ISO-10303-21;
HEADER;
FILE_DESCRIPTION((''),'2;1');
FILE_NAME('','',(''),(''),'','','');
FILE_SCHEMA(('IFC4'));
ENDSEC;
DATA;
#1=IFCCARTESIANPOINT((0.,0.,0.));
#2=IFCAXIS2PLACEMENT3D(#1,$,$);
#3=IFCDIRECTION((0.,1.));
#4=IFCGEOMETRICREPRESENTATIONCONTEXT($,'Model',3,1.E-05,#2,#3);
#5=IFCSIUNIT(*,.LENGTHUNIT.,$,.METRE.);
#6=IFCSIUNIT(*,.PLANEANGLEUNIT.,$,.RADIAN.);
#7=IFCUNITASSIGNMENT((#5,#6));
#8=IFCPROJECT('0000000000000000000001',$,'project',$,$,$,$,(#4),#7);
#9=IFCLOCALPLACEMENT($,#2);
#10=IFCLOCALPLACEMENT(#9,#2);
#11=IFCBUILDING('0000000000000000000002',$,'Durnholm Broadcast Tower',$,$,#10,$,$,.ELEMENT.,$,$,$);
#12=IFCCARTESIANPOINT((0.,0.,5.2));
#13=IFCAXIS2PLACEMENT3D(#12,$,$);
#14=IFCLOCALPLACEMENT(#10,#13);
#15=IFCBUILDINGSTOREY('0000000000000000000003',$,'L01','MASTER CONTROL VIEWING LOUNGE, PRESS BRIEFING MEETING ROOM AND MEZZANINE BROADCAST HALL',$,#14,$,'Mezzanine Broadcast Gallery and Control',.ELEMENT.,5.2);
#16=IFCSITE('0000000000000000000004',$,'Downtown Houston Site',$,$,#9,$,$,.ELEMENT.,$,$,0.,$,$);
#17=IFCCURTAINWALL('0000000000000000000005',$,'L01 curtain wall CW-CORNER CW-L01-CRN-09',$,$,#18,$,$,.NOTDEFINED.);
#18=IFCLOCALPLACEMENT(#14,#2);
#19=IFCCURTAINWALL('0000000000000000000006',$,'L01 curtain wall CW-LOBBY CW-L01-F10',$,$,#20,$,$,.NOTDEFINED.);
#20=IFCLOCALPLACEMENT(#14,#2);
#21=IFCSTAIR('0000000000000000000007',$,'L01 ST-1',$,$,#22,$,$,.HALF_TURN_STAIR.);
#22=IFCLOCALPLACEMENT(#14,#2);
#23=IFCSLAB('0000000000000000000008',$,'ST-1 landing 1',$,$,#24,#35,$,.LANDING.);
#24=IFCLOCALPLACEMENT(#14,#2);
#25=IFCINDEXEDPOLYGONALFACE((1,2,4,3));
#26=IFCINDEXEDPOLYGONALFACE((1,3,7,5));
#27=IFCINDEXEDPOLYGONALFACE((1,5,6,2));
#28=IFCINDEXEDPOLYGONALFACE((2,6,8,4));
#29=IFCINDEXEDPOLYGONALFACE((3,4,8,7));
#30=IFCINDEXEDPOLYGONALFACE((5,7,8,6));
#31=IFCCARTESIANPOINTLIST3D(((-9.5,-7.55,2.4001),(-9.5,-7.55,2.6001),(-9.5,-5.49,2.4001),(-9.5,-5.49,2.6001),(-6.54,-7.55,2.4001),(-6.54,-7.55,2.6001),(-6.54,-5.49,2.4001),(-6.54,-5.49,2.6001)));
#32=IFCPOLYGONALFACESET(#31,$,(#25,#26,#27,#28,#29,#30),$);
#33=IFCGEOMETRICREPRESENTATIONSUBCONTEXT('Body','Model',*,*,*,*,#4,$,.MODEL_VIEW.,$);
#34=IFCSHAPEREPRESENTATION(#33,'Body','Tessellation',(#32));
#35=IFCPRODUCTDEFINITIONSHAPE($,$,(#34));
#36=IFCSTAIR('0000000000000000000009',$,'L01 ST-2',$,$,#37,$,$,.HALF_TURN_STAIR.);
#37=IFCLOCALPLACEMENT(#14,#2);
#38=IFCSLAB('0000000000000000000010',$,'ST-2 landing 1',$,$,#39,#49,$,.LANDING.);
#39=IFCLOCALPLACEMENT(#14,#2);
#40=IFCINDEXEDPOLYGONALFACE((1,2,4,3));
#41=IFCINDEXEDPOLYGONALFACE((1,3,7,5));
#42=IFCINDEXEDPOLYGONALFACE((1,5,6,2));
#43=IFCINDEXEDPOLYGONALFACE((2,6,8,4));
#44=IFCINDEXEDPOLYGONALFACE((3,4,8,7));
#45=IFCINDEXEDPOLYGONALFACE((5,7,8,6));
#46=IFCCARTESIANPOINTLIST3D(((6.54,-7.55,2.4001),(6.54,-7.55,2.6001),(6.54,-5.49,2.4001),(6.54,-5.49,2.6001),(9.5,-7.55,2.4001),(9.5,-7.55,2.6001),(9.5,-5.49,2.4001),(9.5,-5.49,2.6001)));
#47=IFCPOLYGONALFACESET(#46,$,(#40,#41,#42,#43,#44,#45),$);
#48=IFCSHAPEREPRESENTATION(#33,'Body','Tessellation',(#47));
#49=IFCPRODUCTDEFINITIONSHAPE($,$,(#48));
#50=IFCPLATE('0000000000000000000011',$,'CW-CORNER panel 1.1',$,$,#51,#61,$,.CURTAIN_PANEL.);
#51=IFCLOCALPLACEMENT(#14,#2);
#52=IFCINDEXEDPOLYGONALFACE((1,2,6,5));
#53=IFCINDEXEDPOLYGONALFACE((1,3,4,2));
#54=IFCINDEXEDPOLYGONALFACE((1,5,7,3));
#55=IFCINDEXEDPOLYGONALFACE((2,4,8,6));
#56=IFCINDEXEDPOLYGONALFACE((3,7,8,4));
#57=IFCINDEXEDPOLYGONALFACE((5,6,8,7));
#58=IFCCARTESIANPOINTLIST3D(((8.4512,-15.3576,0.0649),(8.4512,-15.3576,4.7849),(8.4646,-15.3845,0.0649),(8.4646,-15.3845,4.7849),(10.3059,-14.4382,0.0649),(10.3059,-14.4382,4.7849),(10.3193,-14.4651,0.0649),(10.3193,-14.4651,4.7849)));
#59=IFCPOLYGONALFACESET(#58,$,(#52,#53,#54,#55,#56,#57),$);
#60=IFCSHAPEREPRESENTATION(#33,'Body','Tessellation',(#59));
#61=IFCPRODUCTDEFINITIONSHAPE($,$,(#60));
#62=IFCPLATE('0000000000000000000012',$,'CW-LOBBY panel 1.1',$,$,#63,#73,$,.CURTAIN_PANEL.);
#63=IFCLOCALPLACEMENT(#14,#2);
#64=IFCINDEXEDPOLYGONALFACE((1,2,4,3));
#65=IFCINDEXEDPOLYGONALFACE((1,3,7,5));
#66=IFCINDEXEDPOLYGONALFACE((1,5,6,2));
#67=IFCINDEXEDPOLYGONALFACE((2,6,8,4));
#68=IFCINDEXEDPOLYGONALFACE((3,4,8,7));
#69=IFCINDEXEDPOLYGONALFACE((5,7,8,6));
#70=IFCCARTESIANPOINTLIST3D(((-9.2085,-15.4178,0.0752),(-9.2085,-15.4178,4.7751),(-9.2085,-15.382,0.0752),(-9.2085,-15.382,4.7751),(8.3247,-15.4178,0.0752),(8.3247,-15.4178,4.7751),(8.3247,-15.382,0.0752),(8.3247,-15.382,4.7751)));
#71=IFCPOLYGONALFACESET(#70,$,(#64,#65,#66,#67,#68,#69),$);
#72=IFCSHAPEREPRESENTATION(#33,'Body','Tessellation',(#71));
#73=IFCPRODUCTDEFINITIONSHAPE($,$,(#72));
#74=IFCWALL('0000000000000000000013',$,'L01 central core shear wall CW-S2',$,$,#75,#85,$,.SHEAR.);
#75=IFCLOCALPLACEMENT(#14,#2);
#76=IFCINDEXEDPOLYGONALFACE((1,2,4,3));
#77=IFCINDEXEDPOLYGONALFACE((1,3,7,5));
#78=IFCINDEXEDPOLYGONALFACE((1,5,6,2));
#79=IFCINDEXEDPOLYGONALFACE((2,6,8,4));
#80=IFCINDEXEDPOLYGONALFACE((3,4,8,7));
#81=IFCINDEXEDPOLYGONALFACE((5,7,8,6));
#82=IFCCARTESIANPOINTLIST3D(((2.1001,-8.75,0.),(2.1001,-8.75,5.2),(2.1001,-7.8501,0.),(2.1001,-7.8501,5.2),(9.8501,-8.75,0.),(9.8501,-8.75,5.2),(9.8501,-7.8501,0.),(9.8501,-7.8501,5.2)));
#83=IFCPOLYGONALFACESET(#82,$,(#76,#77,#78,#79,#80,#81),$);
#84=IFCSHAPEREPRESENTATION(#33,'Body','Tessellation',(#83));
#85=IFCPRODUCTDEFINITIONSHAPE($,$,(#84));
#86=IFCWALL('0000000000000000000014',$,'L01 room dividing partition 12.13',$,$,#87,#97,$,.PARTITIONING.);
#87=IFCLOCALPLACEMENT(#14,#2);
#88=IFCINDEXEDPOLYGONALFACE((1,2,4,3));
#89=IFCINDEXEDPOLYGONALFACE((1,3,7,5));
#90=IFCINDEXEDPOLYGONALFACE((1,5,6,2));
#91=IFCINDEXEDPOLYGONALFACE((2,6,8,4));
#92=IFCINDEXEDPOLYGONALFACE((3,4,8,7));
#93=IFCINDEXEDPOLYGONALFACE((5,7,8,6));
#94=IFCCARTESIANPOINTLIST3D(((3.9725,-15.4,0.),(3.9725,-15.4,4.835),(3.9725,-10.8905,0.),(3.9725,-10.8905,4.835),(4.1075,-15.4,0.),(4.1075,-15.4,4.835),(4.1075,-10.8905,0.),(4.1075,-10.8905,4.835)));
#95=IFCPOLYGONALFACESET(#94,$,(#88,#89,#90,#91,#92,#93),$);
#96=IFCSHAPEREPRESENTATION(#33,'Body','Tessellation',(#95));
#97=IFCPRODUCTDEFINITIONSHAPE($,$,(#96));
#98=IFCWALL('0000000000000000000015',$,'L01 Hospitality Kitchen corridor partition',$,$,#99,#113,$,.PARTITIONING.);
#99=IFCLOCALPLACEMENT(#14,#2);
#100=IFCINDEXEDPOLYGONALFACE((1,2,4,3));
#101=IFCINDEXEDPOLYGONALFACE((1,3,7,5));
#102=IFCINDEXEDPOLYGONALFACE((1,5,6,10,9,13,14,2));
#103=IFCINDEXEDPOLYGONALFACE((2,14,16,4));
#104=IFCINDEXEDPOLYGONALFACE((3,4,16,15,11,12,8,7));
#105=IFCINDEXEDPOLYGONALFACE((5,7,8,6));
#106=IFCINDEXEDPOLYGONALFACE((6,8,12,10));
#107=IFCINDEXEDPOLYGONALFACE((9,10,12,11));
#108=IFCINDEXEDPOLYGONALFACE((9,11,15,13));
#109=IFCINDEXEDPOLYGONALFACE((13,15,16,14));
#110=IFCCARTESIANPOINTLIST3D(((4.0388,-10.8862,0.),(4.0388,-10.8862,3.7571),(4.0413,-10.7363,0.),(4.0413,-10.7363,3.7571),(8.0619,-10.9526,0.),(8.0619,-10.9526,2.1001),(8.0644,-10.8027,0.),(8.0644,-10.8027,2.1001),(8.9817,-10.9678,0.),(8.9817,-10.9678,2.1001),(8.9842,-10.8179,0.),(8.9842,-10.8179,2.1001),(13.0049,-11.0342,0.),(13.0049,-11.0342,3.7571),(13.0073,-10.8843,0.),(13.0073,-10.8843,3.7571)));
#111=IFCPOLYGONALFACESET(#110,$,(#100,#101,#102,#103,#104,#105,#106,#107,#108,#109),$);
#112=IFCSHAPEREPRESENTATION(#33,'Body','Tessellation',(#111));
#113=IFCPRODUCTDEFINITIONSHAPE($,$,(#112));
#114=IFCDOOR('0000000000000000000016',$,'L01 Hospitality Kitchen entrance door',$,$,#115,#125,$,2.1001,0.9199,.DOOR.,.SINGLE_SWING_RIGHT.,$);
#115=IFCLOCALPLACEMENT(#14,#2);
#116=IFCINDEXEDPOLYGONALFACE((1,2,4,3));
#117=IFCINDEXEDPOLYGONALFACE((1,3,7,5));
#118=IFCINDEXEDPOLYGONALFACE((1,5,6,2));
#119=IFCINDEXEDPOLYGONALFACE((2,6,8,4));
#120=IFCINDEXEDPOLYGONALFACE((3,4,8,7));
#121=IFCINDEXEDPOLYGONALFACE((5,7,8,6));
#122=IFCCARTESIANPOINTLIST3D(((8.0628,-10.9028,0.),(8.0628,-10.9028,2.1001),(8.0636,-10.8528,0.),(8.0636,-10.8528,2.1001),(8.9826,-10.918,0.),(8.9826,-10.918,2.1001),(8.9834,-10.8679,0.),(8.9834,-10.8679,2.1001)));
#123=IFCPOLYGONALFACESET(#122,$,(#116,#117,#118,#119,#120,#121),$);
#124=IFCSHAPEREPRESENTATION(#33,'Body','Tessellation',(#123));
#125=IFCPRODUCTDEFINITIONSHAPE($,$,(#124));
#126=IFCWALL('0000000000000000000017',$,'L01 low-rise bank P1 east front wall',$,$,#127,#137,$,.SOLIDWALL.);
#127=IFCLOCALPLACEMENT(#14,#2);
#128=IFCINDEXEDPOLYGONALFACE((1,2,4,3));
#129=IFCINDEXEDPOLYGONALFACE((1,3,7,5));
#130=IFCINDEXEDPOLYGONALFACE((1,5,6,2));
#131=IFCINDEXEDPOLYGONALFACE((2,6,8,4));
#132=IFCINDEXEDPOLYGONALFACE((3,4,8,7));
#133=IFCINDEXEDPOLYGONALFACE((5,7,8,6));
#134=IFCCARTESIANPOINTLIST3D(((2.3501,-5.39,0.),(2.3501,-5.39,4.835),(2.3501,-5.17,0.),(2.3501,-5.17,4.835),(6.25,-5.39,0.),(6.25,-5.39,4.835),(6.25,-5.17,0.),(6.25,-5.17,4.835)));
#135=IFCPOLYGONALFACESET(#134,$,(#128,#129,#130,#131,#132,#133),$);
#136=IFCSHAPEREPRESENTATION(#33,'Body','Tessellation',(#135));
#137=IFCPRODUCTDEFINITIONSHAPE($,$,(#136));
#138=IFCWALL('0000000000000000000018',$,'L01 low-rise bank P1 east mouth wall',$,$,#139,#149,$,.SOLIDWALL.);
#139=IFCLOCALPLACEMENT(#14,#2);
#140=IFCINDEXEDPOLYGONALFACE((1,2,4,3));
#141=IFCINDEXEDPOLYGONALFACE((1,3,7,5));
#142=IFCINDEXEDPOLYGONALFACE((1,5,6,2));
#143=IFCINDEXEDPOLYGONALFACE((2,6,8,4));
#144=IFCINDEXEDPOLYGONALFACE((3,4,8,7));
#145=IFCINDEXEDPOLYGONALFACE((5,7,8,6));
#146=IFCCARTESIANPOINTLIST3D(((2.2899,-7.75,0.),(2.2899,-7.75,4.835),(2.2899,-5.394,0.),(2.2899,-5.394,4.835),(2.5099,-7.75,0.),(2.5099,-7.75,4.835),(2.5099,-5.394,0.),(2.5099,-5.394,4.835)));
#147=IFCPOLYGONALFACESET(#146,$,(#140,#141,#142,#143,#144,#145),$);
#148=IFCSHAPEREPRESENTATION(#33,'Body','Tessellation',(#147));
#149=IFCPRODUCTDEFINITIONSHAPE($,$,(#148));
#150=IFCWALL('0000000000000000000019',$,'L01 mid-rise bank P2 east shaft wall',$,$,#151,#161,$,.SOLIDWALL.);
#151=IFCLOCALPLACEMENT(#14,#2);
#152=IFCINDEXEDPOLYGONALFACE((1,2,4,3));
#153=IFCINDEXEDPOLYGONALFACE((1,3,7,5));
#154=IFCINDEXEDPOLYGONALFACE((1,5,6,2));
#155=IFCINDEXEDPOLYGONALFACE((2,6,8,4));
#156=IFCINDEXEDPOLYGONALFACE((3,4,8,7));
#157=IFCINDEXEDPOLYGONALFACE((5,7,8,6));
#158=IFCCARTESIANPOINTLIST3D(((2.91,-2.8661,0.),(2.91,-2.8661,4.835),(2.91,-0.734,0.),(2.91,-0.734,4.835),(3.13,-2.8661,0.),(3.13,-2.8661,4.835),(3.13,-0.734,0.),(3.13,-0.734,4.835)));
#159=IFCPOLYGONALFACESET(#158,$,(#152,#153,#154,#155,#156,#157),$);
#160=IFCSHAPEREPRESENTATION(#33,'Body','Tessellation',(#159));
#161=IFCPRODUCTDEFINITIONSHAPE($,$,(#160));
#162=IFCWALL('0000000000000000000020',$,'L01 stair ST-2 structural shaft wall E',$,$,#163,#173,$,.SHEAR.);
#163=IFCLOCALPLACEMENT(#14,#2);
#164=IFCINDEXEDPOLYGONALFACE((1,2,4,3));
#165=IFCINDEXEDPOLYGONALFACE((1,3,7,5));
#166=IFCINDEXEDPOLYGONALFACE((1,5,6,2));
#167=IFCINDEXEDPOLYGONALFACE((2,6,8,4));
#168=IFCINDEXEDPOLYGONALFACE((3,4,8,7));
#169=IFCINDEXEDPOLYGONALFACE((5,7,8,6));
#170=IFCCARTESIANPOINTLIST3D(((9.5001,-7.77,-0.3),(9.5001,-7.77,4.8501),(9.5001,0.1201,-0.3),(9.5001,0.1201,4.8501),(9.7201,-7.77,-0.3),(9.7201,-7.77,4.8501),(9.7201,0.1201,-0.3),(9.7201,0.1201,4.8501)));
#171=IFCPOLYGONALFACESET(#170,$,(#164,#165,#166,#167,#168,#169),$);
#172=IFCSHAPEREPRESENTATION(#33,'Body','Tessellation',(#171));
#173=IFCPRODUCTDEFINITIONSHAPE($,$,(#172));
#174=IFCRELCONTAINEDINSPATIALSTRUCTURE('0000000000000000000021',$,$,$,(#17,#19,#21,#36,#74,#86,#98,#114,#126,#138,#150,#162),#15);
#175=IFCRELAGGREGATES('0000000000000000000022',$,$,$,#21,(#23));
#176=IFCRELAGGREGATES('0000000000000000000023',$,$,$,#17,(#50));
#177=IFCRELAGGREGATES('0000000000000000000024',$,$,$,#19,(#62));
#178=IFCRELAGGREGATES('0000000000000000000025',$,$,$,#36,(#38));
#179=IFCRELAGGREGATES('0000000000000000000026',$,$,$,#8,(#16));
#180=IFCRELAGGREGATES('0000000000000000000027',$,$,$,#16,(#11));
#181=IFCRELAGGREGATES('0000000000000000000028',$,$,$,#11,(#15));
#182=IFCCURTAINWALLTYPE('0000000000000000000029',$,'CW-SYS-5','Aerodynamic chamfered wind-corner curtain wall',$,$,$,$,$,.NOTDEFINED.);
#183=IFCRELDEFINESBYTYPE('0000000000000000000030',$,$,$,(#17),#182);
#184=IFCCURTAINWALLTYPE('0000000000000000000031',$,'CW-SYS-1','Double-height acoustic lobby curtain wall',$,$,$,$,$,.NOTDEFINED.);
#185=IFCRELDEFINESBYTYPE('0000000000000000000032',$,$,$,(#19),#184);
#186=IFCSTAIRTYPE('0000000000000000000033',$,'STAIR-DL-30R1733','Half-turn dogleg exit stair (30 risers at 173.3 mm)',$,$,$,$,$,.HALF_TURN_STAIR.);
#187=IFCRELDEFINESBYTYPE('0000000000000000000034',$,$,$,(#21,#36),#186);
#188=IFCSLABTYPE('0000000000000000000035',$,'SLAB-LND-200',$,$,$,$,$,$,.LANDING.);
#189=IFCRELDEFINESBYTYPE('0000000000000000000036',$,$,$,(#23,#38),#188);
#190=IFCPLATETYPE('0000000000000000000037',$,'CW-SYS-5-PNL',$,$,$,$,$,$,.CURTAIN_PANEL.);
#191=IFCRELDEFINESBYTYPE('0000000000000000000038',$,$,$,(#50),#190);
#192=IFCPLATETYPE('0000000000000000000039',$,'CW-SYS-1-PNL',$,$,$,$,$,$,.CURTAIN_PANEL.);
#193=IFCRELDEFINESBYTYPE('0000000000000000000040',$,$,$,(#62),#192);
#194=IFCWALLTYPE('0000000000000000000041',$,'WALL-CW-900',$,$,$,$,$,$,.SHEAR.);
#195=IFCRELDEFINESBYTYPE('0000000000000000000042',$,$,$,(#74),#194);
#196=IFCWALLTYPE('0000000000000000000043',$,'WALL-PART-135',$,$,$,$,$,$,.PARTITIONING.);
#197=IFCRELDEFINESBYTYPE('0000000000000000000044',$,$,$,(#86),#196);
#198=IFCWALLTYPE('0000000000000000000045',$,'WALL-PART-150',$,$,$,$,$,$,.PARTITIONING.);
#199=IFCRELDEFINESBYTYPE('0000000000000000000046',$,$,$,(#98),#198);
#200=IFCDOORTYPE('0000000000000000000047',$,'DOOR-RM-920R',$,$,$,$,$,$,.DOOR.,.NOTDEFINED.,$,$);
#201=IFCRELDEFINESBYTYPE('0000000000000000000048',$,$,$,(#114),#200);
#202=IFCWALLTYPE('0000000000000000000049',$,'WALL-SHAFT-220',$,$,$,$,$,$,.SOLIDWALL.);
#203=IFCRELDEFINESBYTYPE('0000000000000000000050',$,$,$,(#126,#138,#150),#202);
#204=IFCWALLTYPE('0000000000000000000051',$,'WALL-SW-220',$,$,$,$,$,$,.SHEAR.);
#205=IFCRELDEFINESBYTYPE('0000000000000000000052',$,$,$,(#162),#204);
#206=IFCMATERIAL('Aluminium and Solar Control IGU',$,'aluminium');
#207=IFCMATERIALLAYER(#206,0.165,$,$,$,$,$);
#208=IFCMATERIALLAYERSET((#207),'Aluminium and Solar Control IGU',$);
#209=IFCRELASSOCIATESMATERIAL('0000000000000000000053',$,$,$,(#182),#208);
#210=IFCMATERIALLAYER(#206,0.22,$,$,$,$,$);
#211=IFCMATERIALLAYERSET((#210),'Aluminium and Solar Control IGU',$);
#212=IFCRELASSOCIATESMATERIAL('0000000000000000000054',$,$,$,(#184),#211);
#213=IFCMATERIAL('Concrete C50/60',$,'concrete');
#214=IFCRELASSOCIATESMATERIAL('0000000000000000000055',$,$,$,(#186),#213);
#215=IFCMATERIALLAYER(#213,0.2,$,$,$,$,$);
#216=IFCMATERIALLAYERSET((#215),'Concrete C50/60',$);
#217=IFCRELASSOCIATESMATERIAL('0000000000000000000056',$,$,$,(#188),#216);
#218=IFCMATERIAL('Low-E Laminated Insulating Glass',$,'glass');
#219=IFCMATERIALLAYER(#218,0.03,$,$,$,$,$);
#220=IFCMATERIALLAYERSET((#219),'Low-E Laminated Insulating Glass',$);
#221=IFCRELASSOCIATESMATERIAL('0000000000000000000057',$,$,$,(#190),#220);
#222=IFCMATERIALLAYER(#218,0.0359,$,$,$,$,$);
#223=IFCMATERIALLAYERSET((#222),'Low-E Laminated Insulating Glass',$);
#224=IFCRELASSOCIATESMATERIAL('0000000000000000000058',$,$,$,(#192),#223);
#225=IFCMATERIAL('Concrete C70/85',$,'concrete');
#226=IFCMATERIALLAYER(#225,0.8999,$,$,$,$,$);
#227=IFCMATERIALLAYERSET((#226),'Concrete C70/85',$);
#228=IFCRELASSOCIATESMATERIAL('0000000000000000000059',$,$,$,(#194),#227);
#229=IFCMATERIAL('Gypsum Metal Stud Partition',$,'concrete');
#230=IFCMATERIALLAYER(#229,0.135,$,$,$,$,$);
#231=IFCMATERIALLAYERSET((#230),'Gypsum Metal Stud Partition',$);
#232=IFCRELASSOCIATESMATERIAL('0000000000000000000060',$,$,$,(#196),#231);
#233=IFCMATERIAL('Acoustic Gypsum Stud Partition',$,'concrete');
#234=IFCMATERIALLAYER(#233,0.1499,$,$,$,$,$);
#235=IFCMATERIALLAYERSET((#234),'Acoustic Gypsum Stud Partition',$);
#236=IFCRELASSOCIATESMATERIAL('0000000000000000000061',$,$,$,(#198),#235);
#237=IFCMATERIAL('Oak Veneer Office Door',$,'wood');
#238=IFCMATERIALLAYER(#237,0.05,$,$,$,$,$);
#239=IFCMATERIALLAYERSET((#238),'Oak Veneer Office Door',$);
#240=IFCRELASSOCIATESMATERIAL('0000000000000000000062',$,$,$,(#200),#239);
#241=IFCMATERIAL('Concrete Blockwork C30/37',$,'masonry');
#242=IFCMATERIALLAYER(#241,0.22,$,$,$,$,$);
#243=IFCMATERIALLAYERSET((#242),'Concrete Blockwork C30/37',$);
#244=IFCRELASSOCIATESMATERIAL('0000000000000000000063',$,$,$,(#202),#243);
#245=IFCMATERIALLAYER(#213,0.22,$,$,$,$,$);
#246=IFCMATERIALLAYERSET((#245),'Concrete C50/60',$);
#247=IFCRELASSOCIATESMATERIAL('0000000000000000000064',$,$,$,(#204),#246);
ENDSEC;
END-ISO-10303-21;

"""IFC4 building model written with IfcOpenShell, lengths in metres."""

from ifc_helpers import new_model, si_unit, direction, frame, frame_2d, origin, origin_2d, place, context, subcontext, project, spatial, polyline, rectangle, outline, extrude, source, transform, mapped, material, layer, layer_set, type_object, type_shapes, element, fill, aggregate, save


model = new_model("IFC4")

# Units and contexts
model_context = context("Model", 3, precision=1e-05, world=origin(), true_north=direction((0.0, 1.0)))
body_context = subcontext(model_context, "Body", "Model", "MODEL_VIEW")
ifc_project = project(units=[si_unit("LENGTHUNIT", "METRE"), si_unit("PLANEANGLEUNIT", "RADIAN")], contexts=[model_context])

# Site, building, storey
site_placement = place(None, origin())
site = spatial("IfcSite", under=ifc_project, at=site_placement, Name="Downtown Houston Site", CompositionType="ELEMENT", RefElevation=0.0)
building_placement = place(site_placement, origin())
building = spatial("IfcBuilding", under=site, at=building_placement, Name="Durnholm Broadcast Tower", CompositionType="ELEMENT")
storey_placement = place(building_placement, frame((0.0, 0.0, 5.2)))
storey = spatial("IfcBuildingStorey", under=building, at=storey_placement, Name="L01", Description="MASTER CONTROL VIEWING LOUNGE, PRESS BRIEFING MEETING ROOM AND MEZZANINE BROADCAST HALL", LongName="Mezzanine Broadcast Gallery and Control", CompositionType="ELEMENT", Elevation=5.2)

# Shared definitions
ifc_material_1 = material(Name="Concrete C70/85", Category="concrete")

# Curtain wall
ifc_material_2 = material(Name="Aluminium and Solar Control IGU", Category="aluminium")
ifc_layer_1 = layer(ifc_material_2, 0.165)
ifc_layer_set_1 = layer_set([ifc_layer_1], Name="Aluminium and Solar Control IGU")
curtain_wall_type_1 = type_object("IfcCurtainWallType", Name="CW-SYS-5", Description="Aerodynamic chamfered wind-corner curtain wall", PredefinedType="NOTDEFINED", material=ifc_layer_set_1)
curtain_wall_1_placement = place(storey_placement, origin())
curtain_wall_1 = element("IfcCurtainWall", 1, at=curtain_wall_1_placement, inside=storey, type_object=curtain_wall_type_1, Name="L01 curtain wall CW-CORNER CW-L01-CRN-09", PredefinedType="NOTDEFINED")

# Curtain wall
ifc_layer_2 = layer(ifc_material_2, 0.22)
ifc_layer_set_2 = layer_set([ifc_layer_2], Name="Aluminium and Solar Control IGU")
curtain_wall_type_2 = type_object("IfcCurtainWallType", Name="CW-SYS-1", Description="Double-height acoustic lobby curtain wall", PredefinedType="NOTDEFINED", material=ifc_layer_set_2)
curtain_wall_2_placement = place(storey_placement, origin())
curtain_wall_2 = element("IfcCurtainWall", 2, at=curtain_wall_2_placement, inside=storey, type_object=curtain_wall_type_2, Name="L01 curtain wall CW-LOBBY CW-L01-F10", PredefinedType="NOTDEFINED")

# Shared definitions
ifc_material_3 = material(Name="Concrete C50/60", Category="concrete")

# Stairs, slabs
stair_type = type_object("IfcStairType", Name="STAIR-DL-30R1733", Description="Half-turn dogleg exit stair (30 risers at 173.3 mm)", PredefinedType="HALF_TURN_STAIR", material=ifc_material_3)
stair_1_placement = place(storey_placement, origin())
stair_1 = element("IfcStair", 3, at=stair_1_placement, inside=storey, type_object=stair_type, Name="L01 ST-1", PredefinedType="HALF_TURN_STAIR")
ifc_layer_3 = layer(ifc_material_3, 0.2)
ifc_layer_set_3 = layer_set([ifc_layer_3], Name="Concrete C50/60")
slab_type_1 = type_object("IfcSlabType", Name="SLAB-LND-200", PredefinedType="LANDING", material=ifc_layer_set_3)
slab_1_placement = place(storey_placement, frame((0.0, 0.0, 2.4001)))
slab_1 = element("IfcSlab", 4, at=slab_1_placement, type_object=slab_type_1, Name="ST-1 landing 1", PredefinedType="LANDING", context=body_context, shape_type="SweptSolid", body=[
    extrude(outline(polyline([(-9.5, -5.49), (-9.5, -7.55), (-6.54, -7.55), (-6.54, -5.49), (-9.5, -5.49)])), origin(), (0.0, 0.0, 1.0), 0.2),
])
aggregate(stair_1, [slab_1])
stair_2_placement = place(storey_placement, origin())
stair_2 = element("IfcStair", 5, at=stair_2_placement, inside=storey, type_object=stair_type, Name="L01 ST-2", PredefinedType="HALF_TURN_STAIR")
slab_2_placement = place(storey_placement, frame((0.0, 0.0, 2.4001)))
slab_2 = element("IfcSlab", 6, at=slab_2_placement, type_object=slab_type_1, Name="ST-2 landing 1", PredefinedType="LANDING", context=body_context, shape_type="SweptSolid", body=[
    extrude(outline(polyline([(6.54, -5.49), (6.54, -7.55), (9.5, -7.55), (9.5, -5.49), (6.54, -5.49)])), origin(), (0.0, 0.0, 1.0), 0.2),
])

# Plates
ifc_material_4 = material(Name="Low-E Laminated Insulating Glass", Category="glass")
ifc_layer_4 = layer(ifc_material_4, 0.03)
ifc_layer_set_4 = layer_set([ifc_layer_4], Name="Low-E Laminated Insulating Glass")
plate_type_1 = type_object("IfcPlateType", Name="CW-SYS-5-PNL", PredefinedType="CURTAIN_PANEL", material=ifc_layer_set_4)
shared_shape_1 = source(origin(), body_context, "Body", "SweptSolid", [
    extrude(rectangle(XDim=2.0701, YDim=0.03, at=origin_2d()), origin(), (0.0, 0.0, 1.0), 4.72),
])
type_shapes(plate_type_1, [shared_shape_1])
plate_1_placement = place(storey_placement, frame((9.3853, -14.9114, 0.0649), z_axis=(0.0, 0.0, 1.0), x_axis=(-0.895958, -0.444138, 0.0)))
plate_1 = element("IfcPlate", 7, at=plate_1_placement, type_object=plate_type_1, Name="CW-CORNER panel 1.1", PredefinedType="CURTAIN_PANEL", context=body_context, shape_type="MappedRepresentation", body=[
    mapped(shared_shape_1, transform((0.0, 0.0, 0.0), x_axis=(1.0, 0.0, 0.0), y_axis=(0.0, 1.0, 0.0), z_axis=(0.0, 0.0, 1.0), scale=1.0)),
])
aggregate(curtain_wall_1, [plate_1])
ifc_layer_5 = layer(ifc_material_4, 0.0359)
ifc_layer_set_5 = layer_set([ifc_layer_5], Name="Low-E Laminated Insulating Glass")
plate_type_2 = type_object("IfcPlateType", Name="CW-SYS-1-PNL", PredefinedType="CURTAIN_PANEL", material=ifc_layer_set_5)
shared_shape_2 = source(origin(), body_context, "Body", "SweptSolid", [
    extrude(rectangle(XDim=17.5332, YDim=0.0359, at=origin_2d()), origin(), (0.0, 0.0, 1.0), 4.7),
])
type_shapes(plate_type_2, [shared_shape_2])
plate_2_placement = place(storey_placement, frame((-0.4419, -15.3999, 0.0752), z_axis=(0.0, 0.0, 1.0), x_axis=(-1.0, 0.0, 0.0)))
plate_2 = element("IfcPlate", 8, at=plate_2_placement, type_object=plate_type_2, Name="CW-LOBBY panel 1.1", PredefinedType="CURTAIN_PANEL", context=body_context, shape_type="MappedRepresentation", body=[
    mapped(shared_shape_2, transform((0.0, 0.0, 0.0), x_axis=(1.0, 0.0, 0.0), y_axis=(0.0, 1.0, 0.0), z_axis=(0.0, 0.0, 1.0), scale=1.0)),
])
aggregate(curtain_wall_2, [plate_2])

# Walls
ifc_layer_6 = layer(ifc_material_1, 0.8999)
ifc_layer_set_6 = layer_set([ifc_layer_6], Name="Concrete C70/85")
wall_type_1 = type_object("IfcWallType", Name="WALL-CW-900", PredefinedType="SHEAR", material=ifc_layer_set_6)
wall_1_placement = place(storey_placement, frame((2.1001, -8.3, 0.0), z_axis=(0.0, 0.0, 1.0), x_axis=(1.0, 0.0, 0.0)))
element("IfcWall", 9, at=wall_1_placement, inside=storey, type_object=wall_type_1, Name="L01 central core shear wall CW-S2", PredefinedType="SHEAR", context=body_context, shape_type="SweptSolid", body=[
    extrude(rectangle(XDim=7.75, YDim=0.8999, at=frame_2d((3.875, 0.0))), origin(), (0.0, 0.0, 1.0), 5.2),
])
ifc_material_5 = material(Name="Gypsum Metal Stud Partition", Category="concrete")
ifc_layer_7 = layer(ifc_material_5, 0.135)
ifc_layer_set_7 = layer_set([ifc_layer_7], Name="Gypsum Metal Stud Partition")
wall_type_2 = type_object("IfcWallType", Name="WALL-PART-135", PredefinedType="PARTITIONING", material=ifc_layer_set_7)
wall_2_placement = place(storey_placement, frame((4.04, -10.8904, 0.0), z_axis=(0.0, 0.0, 1.0), x_axis=(0.0, -1.0, 0.0)))
element("IfcWall", 10, at=wall_2_placement, inside=storey, type_object=wall_type_2, Name="L01 room dividing partition 12.13", PredefinedType="PARTITIONING", context=body_context, shape_type="SweptSolid", body=[
    extrude(rectangle(XDim=4.5095, YDim=0.135, at=frame_2d((2.2549, 0.0))), origin(), (0.0, 0.0, 1.0), 4.835),
])

# Wall, opening, door
ifc_material_6 = material(Name="Acoustic Gypsum Stud Partition", Category="concrete")
ifc_layer_8 = layer(ifc_material_6, 0.1499)
ifc_layer_set_8 = layer_set([ifc_layer_8], Name="Acoustic Gypsum Stud Partition")
wall_type_3 = type_object("IfcWallType", Name="WALL-PART-150", PredefinedType="PARTITIONING", material=ifc_layer_set_8)
wall_3_placement = place(storey_placement, frame((4.04, -10.8113, 0.0), z_axis=(0.0, 0.0, 1.0), x_axis=(0.999864, -0.016499, 0.0)))
wall_3 = element("IfcWall", 11, at=wall_3_placement, inside=storey, type_object=wall_type_3, Name="L01 Hospitality Kitchen corridor partition", PredefinedType="PARTITIONING", context=body_context, shape_type="SweptSolid", body=[
    extrude(rectangle(XDim=8.9673, YDim=0.1499, at=frame_2d((4.4836, 0.0))), origin(), (0.0, 0.0, 1.0), 3.7571),
])
opening_placement = place(wall_3_placement, frame((4.0237, 0.0, 0.0)))
opening = element("IfcOpeningElement", 12, at=opening_placement, cuts=wall_3, PredefinedType="OPENING", context=body_context, shape_type="SweptSolid", body=[
    extrude(rectangle(XDim=0.9199, YDim=2.1001, at=frame_2d((0.46, 1.05))), frame((0.0, 0.085, 0.0), z_axis=(0.0, -1.0, 0.0), x_axis=(1.0, 0.0, 0.0)), (0.0, 0.0, 1.0), 0.1699),
])
ifc_material_7 = material(Name="Oak Veneer Office Door", Category="wood")
ifc_layer_9 = layer(ifc_material_7, 0.05)
ifc_layer_set_9 = layer_set([ifc_layer_9], Name="Oak Veneer Office Door")
door_type = type_object("IfcDoorType", Name="DOOR-RM-920R", OperationType="NOTDEFINED", PredefinedType="DOOR", material=ifc_layer_set_9)
shared_shape_3 = source(origin(), body_context, "Body", "SweptSolid", [
    extrude(rectangle(XDim=0.9199, YDim=2.1001, at=frame_2d((0.46, 1.05))), frame((0.0, 0.0249, 0.0), z_axis=(0.0, -1.0, 0.0), x_axis=(1.0, 0.0, 0.0)), (0.0, 0.0, 1.0), 0.05),
])
type_shapes(door_type, [shared_shape_3])
door_placement = place(opening_placement, origin())
door = element("IfcDoor", 13, at=door_placement, inside=storey, type_object=door_type, Name="L01 Hospitality Kitchen entrance door", OperationType="SINGLE_SWING_RIGHT", OverallHeight=2.1001, OverallWidth=0.9199, PredefinedType="DOOR", context=body_context, shape_type="MappedRepresentation", body=[
    mapped(shared_shape_3, transform((0.0, 0.0, 0.0), x_axis=(1.0, 0.0, 0.0), y_axis=(0.0, 1.0, 0.0), z_axis=(0.0, 0.0, 1.0), scale=1.0)),
])
fill(opening, door)

# Walls
ifc_material_8 = material(Name="Concrete Blockwork C30/37", Category="masonry")
ifc_layer_10 = layer(ifc_material_8, 0.22)
ifc_layer_set_10 = layer_set([ifc_layer_10], Name="Concrete Blockwork C30/37")
wall_type_4 = type_object("IfcWallType", Name="WALL-SHAFT-220", PredefinedType="SOLIDWALL", material=ifc_layer_set_10)
wall_4_placement = place(storey_placement, frame((2.3501, -5.28, 0.0), z_axis=(0.0, 0.0, 1.0), x_axis=(1.0, 0.0, 0.0)))
element("IfcWall", 14, at=wall_4_placement, inside=storey, type_object=wall_type_4, Name="L01 low-rise bank P1 east front wall", PredefinedType="SOLIDWALL", context=body_context, shape_type="SweptSolid", body=[
    extrude(rectangle(XDim=3.8999, YDim=0.22, at=frame_2d((1.95, 0.0))), origin(), (0.0, 0.0, 1.0), 4.835),
])
wall_5_placement = place(storey_placement, frame((2.3999, -7.75, 0.0), z_axis=(0.0, 0.0, 1.0), x_axis=(0.0, 1.0, 0.0)))
element("IfcWall", 15, at=wall_5_placement, inside=storey, type_object=wall_type_4, Name="L01 low-rise bank P1 east mouth wall", PredefinedType="SOLIDWALL", context=body_context, shape_type="SweptSolid", body=[
    extrude(rectangle(XDim=2.356, YDim=0.22, at=frame_2d((1.178, 0.0))), origin(), (0.0, 0.0, 1.0), 4.835),
])
wall_6_placement = place(storey_placement, frame((3.02, -2.866, 0.0), z_axis=(0.0, 0.0, 1.0), x_axis=(0.0, 1.0, 0.0)))
element("IfcWall", 16, at=wall_6_placement, inside=storey, type_object=wall_type_4, Name="L01 mid-rise bank P2 east shaft wall", PredefinedType="SOLIDWALL", context=body_context, shape_type="SweptSolid", body=[
    extrude(rectangle(XDim=2.1321, YDim=0.22, at=frame_2d((1.0659, 0.0))), origin(), (0.0, 0.0, 1.0), 4.835),
])
ifc_layer_11 = layer(ifc_material_3, 0.22)
ifc_layer_set_11 = layer_set([ifc_layer_11], Name="Concrete C50/60")
wall_type_5 = type_object("IfcWallType", Name="WALL-SW-220", PredefinedType="SHEAR", material=ifc_layer_set_11)
wall_7_placement = place(storey_placement, frame((9.6101, -7.77, -0.3), z_axis=(0.0, 0.0, 1.0), x_axis=(0.0, 1.0, 0.0)))
element("IfcWall", 17, at=wall_7_placement, inside=storey, type_object=wall_type_5, Name="L01 stair ST-2 structural shaft wall E", PredefinedType="SHEAR", context=body_context, shape_type="SweptSolid", body=[
    extrude(rectangle(XDim=7.8901, YDim=0.22, at=frame_2d((3.9451, 0.0))), origin(), (0.0, 0.0, 1.0), 5.1501),
])

aggregate(stair_2, [slab_2])

save(model, "model.ifc")
